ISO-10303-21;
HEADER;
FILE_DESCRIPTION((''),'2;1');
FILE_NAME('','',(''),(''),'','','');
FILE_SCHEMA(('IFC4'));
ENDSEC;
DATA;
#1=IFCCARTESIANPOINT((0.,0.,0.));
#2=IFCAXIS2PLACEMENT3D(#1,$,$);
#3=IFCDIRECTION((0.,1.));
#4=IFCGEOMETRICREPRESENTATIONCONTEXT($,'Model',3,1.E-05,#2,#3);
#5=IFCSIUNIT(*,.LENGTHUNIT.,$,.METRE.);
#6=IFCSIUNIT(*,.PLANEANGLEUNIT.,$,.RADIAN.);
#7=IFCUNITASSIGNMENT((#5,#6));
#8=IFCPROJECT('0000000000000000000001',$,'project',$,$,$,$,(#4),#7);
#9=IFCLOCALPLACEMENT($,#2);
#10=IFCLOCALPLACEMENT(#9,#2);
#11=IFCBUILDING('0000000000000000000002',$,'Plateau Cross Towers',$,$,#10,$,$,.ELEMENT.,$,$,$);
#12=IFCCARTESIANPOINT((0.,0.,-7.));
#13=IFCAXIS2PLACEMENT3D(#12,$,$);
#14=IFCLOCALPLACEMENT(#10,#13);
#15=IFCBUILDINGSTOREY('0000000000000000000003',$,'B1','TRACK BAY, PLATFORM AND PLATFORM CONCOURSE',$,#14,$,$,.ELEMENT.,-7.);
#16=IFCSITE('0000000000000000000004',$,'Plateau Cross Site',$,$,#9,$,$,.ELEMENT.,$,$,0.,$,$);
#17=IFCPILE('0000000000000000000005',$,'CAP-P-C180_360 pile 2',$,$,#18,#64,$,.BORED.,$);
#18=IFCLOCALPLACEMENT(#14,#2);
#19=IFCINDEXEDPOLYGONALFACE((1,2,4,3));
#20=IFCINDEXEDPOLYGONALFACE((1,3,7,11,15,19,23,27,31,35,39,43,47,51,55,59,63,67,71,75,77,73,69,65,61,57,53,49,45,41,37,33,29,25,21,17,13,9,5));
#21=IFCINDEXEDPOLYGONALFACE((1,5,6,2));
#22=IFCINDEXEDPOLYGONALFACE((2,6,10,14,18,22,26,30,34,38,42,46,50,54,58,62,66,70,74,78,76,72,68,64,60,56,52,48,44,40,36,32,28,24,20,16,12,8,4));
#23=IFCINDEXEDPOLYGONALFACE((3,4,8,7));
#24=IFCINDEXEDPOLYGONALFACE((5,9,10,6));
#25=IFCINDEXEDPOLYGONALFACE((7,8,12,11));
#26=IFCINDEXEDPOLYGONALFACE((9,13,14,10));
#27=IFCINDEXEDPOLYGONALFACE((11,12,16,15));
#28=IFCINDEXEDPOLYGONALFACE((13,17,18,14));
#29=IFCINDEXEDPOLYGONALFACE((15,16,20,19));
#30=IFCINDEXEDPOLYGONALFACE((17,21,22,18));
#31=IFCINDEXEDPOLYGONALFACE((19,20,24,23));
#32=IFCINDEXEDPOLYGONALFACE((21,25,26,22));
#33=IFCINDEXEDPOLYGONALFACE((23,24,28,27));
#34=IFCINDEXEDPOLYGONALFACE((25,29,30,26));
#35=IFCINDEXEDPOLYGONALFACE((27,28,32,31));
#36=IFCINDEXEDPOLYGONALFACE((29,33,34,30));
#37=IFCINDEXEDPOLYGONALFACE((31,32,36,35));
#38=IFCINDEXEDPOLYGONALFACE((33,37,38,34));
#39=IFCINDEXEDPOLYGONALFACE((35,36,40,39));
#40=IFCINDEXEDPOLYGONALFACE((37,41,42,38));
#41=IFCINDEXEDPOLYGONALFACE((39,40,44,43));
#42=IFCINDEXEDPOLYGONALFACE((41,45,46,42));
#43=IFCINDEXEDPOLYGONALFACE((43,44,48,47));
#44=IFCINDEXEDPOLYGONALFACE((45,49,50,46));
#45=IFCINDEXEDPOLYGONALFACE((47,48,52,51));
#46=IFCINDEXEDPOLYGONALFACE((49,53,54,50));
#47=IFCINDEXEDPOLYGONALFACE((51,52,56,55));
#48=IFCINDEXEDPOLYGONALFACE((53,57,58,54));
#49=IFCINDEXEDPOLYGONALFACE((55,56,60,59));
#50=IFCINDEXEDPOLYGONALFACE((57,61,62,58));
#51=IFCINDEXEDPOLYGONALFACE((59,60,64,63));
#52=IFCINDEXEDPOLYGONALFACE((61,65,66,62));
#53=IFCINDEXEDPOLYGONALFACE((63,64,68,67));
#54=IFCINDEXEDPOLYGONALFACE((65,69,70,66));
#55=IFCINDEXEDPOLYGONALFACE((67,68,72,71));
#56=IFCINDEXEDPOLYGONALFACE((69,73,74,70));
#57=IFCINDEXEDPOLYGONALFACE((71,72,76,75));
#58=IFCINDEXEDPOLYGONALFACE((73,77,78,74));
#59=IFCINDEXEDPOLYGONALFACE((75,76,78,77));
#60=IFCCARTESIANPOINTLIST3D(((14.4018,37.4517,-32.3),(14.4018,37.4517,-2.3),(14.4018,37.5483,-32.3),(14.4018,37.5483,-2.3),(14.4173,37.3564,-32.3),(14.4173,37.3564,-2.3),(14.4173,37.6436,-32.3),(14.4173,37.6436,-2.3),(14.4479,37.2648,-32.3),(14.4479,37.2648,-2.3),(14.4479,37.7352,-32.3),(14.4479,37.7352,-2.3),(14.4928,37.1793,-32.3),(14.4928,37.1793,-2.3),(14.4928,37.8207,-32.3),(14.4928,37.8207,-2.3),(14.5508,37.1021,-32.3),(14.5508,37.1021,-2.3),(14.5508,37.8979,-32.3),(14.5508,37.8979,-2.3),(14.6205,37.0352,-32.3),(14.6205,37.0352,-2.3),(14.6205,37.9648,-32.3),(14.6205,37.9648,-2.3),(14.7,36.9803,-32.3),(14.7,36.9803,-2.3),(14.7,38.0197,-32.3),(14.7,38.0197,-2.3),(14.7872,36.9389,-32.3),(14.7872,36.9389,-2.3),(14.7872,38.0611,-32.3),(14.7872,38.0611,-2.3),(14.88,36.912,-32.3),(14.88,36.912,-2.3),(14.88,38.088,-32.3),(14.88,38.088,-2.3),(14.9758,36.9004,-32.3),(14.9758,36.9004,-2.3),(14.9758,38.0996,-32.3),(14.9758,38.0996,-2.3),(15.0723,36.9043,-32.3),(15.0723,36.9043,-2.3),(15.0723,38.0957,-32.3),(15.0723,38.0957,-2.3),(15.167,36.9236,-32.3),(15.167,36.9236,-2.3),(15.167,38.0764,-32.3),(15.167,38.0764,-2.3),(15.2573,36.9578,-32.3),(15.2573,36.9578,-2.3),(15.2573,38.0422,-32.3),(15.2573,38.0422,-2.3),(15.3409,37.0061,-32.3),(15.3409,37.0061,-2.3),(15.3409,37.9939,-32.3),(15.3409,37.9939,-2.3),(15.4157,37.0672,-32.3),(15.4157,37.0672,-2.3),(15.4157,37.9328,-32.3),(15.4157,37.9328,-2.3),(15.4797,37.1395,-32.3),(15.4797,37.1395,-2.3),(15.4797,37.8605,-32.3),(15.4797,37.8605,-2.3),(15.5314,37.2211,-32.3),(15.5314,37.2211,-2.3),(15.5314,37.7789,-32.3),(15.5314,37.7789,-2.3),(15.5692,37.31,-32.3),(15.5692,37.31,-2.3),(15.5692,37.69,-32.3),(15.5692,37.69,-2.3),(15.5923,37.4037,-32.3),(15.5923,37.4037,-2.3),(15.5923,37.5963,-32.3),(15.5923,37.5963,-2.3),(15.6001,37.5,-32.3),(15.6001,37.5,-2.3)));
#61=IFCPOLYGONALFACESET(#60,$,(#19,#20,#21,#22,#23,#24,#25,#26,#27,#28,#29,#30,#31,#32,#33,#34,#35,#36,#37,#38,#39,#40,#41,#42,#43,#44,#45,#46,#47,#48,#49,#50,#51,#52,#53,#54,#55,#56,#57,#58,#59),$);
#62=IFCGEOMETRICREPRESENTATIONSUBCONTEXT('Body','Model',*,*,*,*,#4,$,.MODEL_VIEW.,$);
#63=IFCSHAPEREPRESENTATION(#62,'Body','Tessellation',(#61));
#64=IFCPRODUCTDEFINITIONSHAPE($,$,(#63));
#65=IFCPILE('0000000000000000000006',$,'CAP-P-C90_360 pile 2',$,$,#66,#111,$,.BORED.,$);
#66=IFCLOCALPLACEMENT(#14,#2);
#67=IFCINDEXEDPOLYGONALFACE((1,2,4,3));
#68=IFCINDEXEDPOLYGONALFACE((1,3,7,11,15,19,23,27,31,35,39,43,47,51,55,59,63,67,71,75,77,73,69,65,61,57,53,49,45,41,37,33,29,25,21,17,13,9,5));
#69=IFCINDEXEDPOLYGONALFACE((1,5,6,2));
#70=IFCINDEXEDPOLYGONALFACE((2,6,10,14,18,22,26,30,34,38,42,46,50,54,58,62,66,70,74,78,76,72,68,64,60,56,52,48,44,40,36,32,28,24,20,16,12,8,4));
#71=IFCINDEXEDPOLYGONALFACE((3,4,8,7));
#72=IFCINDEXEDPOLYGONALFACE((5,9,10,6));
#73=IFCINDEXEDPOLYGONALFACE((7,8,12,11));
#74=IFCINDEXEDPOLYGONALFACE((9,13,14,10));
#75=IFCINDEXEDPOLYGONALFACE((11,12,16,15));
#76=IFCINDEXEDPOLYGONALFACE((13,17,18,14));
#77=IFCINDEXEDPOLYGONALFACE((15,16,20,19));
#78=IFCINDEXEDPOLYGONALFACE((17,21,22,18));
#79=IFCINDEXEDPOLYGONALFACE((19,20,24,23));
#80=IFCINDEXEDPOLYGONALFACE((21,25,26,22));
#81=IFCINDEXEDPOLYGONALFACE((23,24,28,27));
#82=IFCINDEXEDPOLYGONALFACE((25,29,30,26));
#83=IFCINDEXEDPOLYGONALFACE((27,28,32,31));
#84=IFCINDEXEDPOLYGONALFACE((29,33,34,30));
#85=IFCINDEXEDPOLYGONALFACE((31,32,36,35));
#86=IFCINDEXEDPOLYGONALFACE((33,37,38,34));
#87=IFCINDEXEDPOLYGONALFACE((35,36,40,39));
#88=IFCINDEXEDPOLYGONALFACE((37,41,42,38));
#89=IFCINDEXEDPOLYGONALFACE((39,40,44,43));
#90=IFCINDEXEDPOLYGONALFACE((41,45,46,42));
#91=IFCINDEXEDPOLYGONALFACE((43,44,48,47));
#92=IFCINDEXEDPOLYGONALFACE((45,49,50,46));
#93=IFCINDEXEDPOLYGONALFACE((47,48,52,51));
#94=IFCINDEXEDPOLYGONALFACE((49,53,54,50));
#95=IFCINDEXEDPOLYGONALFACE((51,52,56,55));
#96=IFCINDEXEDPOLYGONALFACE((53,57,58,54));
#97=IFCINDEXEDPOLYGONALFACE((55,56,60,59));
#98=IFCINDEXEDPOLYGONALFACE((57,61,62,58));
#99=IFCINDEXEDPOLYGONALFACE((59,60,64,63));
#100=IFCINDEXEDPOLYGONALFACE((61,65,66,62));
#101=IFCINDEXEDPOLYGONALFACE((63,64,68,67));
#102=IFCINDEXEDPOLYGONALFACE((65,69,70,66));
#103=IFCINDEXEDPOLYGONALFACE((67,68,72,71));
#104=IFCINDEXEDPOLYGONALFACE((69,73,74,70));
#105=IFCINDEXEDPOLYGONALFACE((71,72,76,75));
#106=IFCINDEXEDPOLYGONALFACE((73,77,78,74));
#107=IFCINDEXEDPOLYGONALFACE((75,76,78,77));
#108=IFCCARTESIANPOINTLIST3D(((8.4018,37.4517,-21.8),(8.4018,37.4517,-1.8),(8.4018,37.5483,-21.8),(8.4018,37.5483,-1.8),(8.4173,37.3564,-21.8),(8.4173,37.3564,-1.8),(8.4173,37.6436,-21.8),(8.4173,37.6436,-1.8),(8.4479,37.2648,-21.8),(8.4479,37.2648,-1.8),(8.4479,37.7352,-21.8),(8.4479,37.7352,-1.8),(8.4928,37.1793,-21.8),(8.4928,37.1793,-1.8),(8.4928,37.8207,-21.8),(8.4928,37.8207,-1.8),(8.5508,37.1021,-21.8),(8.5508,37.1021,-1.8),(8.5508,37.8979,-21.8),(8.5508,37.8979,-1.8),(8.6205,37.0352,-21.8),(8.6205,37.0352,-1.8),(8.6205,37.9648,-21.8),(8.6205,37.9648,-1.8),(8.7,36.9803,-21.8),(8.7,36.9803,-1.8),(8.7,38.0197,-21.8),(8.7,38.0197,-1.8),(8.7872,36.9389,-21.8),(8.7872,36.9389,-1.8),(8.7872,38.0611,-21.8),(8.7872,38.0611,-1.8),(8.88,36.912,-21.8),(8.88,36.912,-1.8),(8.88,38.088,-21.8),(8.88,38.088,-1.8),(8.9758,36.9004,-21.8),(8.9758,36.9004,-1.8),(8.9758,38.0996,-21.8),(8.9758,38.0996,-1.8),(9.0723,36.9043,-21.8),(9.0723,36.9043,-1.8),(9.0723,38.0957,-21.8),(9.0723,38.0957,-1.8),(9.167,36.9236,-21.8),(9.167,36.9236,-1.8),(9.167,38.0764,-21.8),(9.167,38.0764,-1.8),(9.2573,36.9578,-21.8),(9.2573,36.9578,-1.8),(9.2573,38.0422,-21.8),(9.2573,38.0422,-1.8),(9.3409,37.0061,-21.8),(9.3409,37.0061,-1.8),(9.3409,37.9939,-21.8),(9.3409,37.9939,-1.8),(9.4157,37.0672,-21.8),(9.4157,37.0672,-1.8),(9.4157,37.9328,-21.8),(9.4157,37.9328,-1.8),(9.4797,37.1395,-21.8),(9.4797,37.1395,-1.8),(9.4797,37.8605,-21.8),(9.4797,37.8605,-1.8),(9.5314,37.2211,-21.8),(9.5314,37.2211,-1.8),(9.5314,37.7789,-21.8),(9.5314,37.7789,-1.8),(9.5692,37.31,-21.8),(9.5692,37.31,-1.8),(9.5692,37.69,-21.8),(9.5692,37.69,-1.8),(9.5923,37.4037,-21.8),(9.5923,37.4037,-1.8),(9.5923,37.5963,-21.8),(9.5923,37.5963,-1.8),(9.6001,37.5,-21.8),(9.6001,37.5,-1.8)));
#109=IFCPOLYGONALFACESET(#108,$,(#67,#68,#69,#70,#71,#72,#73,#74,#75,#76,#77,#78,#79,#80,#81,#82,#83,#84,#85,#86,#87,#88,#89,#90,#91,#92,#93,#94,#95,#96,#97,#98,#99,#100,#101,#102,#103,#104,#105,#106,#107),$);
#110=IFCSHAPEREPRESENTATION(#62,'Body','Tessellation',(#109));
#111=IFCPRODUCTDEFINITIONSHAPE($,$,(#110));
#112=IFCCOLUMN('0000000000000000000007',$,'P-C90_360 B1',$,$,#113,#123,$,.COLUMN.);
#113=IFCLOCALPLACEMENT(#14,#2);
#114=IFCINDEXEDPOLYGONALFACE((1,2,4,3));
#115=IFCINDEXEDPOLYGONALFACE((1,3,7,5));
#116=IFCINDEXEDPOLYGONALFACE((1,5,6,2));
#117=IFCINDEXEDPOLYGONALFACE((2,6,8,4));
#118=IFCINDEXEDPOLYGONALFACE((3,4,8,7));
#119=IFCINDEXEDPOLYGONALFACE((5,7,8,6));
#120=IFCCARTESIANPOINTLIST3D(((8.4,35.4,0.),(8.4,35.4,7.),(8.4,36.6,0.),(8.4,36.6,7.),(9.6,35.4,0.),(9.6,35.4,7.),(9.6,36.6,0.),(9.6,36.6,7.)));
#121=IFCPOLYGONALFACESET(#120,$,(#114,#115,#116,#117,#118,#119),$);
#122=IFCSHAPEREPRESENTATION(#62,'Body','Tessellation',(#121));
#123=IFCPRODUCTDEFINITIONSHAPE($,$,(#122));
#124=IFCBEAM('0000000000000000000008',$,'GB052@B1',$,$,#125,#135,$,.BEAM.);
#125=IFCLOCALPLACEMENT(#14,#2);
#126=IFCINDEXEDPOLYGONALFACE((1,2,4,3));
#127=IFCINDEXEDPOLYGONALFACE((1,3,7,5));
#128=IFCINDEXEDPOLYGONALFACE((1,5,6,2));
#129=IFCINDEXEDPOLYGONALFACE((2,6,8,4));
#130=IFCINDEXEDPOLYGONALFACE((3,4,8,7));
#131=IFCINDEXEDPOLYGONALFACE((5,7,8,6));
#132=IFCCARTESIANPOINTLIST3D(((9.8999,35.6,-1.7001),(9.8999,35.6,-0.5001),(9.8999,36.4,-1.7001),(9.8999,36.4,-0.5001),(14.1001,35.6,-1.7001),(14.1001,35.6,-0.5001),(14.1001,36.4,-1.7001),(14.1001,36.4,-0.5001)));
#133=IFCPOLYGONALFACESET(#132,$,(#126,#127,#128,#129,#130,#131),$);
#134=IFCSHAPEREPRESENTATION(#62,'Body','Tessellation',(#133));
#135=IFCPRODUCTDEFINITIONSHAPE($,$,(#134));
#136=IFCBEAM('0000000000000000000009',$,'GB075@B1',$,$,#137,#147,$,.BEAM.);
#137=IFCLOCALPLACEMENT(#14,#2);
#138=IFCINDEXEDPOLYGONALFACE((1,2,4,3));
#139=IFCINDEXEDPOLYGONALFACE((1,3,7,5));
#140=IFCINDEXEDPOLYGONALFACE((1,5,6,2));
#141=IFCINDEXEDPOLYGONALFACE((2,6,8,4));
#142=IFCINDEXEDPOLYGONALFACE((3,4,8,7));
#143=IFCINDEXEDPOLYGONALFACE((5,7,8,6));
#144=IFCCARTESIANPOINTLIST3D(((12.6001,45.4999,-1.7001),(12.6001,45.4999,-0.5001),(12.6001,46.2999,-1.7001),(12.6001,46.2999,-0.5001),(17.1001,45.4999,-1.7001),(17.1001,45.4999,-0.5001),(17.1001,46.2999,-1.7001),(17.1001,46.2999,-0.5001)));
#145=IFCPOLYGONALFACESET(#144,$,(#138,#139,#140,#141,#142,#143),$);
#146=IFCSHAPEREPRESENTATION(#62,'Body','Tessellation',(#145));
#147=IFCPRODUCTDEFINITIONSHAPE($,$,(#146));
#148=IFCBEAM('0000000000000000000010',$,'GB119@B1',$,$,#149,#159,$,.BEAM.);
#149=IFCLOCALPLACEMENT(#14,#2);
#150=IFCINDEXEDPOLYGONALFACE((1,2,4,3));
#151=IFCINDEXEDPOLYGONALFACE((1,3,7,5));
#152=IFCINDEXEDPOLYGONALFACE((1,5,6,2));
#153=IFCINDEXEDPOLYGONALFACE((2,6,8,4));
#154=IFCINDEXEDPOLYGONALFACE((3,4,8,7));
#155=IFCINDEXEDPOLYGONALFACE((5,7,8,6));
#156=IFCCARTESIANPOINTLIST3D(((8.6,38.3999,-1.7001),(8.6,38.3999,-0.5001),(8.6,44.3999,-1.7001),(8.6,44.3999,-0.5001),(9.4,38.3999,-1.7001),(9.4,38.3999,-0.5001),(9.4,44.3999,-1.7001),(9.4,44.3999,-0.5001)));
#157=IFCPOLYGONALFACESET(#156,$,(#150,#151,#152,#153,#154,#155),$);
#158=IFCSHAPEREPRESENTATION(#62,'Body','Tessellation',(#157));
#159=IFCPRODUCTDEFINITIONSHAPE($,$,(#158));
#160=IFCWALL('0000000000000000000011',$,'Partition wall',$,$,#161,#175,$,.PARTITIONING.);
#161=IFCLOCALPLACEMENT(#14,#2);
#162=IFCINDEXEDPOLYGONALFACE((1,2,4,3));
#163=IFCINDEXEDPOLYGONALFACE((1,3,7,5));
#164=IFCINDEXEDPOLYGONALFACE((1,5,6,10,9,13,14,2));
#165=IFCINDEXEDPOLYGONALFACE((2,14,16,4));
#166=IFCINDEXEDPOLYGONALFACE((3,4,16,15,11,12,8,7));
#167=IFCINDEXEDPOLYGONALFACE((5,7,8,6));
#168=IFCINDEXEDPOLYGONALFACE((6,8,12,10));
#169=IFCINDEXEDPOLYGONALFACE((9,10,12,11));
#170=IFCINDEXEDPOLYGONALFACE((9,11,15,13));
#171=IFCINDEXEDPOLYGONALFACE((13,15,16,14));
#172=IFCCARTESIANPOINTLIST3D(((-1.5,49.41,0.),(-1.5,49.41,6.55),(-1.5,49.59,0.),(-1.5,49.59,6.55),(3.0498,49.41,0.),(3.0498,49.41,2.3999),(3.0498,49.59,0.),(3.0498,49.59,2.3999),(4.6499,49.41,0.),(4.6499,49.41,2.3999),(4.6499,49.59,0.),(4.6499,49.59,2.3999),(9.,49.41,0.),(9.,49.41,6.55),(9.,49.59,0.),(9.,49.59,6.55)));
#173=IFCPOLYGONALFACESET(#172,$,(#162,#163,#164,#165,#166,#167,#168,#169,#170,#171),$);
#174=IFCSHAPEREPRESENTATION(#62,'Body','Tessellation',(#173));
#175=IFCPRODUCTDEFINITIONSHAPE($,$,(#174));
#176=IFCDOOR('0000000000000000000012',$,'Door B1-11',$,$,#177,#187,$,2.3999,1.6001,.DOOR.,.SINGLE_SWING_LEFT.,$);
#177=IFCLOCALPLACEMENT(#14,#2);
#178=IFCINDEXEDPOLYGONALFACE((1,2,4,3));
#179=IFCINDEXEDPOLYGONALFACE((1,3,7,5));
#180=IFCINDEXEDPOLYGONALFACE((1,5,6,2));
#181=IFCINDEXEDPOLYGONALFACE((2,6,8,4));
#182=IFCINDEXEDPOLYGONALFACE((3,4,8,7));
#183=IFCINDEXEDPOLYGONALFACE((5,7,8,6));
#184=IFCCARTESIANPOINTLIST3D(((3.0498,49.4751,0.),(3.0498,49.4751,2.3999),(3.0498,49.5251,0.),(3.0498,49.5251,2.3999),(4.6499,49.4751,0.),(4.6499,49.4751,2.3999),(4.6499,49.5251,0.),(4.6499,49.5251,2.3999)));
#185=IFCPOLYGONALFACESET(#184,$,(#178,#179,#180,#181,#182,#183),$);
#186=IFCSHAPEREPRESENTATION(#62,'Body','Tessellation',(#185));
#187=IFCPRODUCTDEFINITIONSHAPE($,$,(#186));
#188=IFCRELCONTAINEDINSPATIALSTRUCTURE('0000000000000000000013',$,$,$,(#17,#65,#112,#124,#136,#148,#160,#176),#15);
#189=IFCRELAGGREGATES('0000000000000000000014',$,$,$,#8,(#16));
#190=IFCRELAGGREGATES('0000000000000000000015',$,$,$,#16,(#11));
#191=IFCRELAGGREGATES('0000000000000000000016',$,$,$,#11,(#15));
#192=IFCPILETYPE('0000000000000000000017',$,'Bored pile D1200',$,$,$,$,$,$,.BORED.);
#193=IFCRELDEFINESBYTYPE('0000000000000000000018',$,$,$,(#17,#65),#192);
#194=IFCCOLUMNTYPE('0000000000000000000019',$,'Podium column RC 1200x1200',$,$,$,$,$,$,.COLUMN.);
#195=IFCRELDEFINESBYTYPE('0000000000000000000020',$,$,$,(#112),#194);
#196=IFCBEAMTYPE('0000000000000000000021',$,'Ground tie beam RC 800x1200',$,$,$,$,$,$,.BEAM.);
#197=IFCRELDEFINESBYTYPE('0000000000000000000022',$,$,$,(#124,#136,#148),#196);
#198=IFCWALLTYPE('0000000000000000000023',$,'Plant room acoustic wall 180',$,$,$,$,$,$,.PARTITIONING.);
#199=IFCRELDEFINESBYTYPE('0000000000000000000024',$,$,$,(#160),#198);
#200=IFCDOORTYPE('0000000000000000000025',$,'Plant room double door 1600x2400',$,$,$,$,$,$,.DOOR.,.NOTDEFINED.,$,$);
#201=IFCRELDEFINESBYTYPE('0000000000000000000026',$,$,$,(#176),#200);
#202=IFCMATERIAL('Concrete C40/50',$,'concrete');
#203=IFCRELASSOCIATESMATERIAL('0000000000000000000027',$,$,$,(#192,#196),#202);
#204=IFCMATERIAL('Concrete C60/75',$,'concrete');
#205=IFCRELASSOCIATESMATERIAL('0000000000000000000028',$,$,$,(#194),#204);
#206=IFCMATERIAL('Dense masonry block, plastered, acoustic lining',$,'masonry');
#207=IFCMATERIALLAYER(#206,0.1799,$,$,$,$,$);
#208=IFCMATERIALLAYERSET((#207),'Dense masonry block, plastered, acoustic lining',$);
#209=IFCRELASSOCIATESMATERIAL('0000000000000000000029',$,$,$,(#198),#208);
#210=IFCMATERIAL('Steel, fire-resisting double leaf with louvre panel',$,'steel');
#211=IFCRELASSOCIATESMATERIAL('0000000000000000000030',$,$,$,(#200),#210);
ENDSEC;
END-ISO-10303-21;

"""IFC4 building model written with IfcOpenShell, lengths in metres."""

from ifc_helpers import new_model, si_unit, direction, frame, frame_2d, origin, origin_2d, place, context, subcontext, project, spatial, rectangle, circle, extrude, material, layer, layer_set, material_profile, profile_set, type_object, element, fill, save


model = new_model("IFC4")

# Units and contexts
model_context = context("Model", 3, precision=1e-05, world=origin(), true_north=direction((0.0, 1.0)))
body_context = subcontext(model_context, "Body", "Model", "MODEL_VIEW")
ifc_project = project(units=[si_unit("LENGTHUNIT", "METRE"), si_unit("PLANEANGLEUNIT", "RADIAN")], contexts=[model_context])

# Site, building, storey
site_placement = place(None, origin())
site = spatial("IfcSite", under=ifc_project, at=site_placement, Name="Plateau Cross Site", CompositionType="ELEMENT", RefElevation=0.0)
building_placement = place(site_placement, origin())
building = spatial("IfcBuilding", under=site, at=building_placement, Name="Plateau Cross Towers", CompositionType="ELEMENT")
storey_placement = place(building_placement, frame((0.0, 0.0, -7.0)))
storey = spatial("IfcBuildingStorey", under=building, at=storey_placement, Name="B1", Description="TRACK BAY, PLATFORM AND PLATFORM CONCOURSE", CompositionType="ELEMENT", Elevation=-7.0)

# Piles
ifc_material_1 = material(Name="Concrete C40/50", Category="concrete")
ifc_material_profile_1 = material_profile(ifc_material_1, circle(Radius=0.6001, at=origin_2d()), Name="Bored pile D1200")
ifc_profile_set_1 = profile_set([ifc_material_profile_1], Name="Concrete C40/50")
pile_type = type_object("IfcPileType", Name="Bored pile D1200", PredefinedType="BORED", material=ifc_profile_set_1)
pile_1_placement = place(storey_placement, frame((15.0, 37.5, -2.3), z_axis=(0.0, 0.0, -1.0), x_axis=(1.0, 0.0, 0.0)))
element("IfcPile", 1, at=pile_1_placement, inside=storey, type_object=pile_type, Name="CAP-P-C180_360 pile 2", PredefinedType="BORED", context=body_context, shape_type="SweptSolid", body=[
    extrude(circle(Radius=0.6001, at=origin_2d()), origin(), (0.0, 0.0, 1.0), 30.0),
])
pile_2_placement = place(storey_placement, frame((9.0, 37.5, -1.8), z_axis=(0.0, 0.0, -1.0), x_axis=(1.0, 0.0, 0.0)))
element("IfcPile", 2, at=pile_2_placement, inside=storey, type_object=pile_type, Name="CAP-P-C90_360 pile 2", PredefinedType="BORED", context=body_context, shape_type="SweptSolid", body=[
    extrude(circle(Radius=0.6001, at=origin_2d()), origin(), (0.0, 0.0, 1.0), 20.0),
])

# Column
ifc_material_2 = material(Name="Concrete C60/75", Category="concrete")
ifc_material_profile_2 = material_profile(ifc_material_2, rectangle(XDim=1.2, YDim=1.2, at=origin_2d()), Name="RC 1200x1200")
ifc_profile_set_2 = profile_set([ifc_material_profile_2], Name="Concrete C60/75")
column_type = type_object("IfcColumnType", Name="Podium column RC 1200x1200", PredefinedType="COLUMN", material=ifc_profile_set_2)
column_placement = place(storey_placement, frame((9.0, 36.0, 0.0), z_axis=(0.0, 0.0, 1.0), x_axis=(1.0, 0.0, 0.0)))
element("IfcColumn", 3, at=column_placement, inside=storey, type_object=column_type, Name="P-C90_360 B1", PredefinedType="COLUMN", context=body_context, shape_type="SweptSolid", body=[
    extrude(rectangle(XDim=1.2, YDim=1.2, at=origin_2d()), origin(), (0.0, 0.0, 1.0), 7.0),
])

# Beams
ifc_material_profile_3 = material_profile(ifc_material_1, rectangle(XDim=0.8, YDim=1.2, at=origin_2d()), Name="RC 800x1200")
ifc_profile_set_3 = profile_set([ifc_material_profile_3], Name="Concrete C40/50")
beam_type = type_object("IfcBeamType", Name="Ground tie beam RC 800x1200", PredefinedType="BEAM", material=ifc_profile_set_3)
beam_1_placement = place(storey_placement, frame((9.8999, 36.0, -1.1001), z_axis=(1.0, 0.0, 0.0), x_axis=(0.0, 1.0, 0.0)))
element("IfcBeam", 4, at=beam_1_placement, inside=storey, type_object=beam_type, Name="GB052@B1", PredefinedType="BEAM", context=body_context, shape_type="SweptSolid", body=[
    extrude(rectangle(XDim=0.8, YDim=1.2, at=origin_2d()), origin(), (0.0, 0.0, 1.0), 4.2002),
])
beam_2_placement = place(storey_placement, frame((12.6001, 45.8999, -1.1001), z_axis=(1.0, 0.0, 0.0), x_axis=(0.0, 1.0, 0.0)))
element("IfcBeam", 5, at=beam_2_placement, inside=storey, type_object=beam_type, Name="GB075@B1", PredefinedType="BEAM", context=body_context, shape_type="SweptSolid", body=[
    extrude(rectangle(XDim=0.8, YDim=1.2, at=origin_2d()), origin(), (0.0, 0.0, 1.0), 4.5),
])
beam_3_placement = place(storey_placement, frame((9.0, 38.3999, -1.1001), z_axis=(0.0, 1.0, 0.0), x_axis=(-1.0, 0.0, 0.0)))
element("IfcBeam", 6, at=beam_3_placement, inside=storey, type_object=beam_type, Name="GB119@B1", PredefinedType="BEAM", context=body_context, shape_type="SweptSolid", body=[
    extrude(rectangle(XDim=0.8, YDim=1.2, at=origin_2d()), origin(), (0.0, 0.0, 1.0), 6.0),
])

# Wall, opening, door
ifc_material_3 = material(Name="Dense masonry block, plastered, acoustic lining", Category="masonry")
ifc_layer_1 = layer(ifc_material_3, 0.1799)
ifc_layer_set_1 = layer_set([ifc_layer_1], Name="Dense masonry block, plastered, acoustic lining")
wall_type_1 = type_object("IfcWallType", Name="Plant room acoustic wall 180", PredefinedType="PARTITIONING", material=ifc_layer_set_1)
wall_1_placement = place(storey_placement, frame((9.0, 49.5, 0.0), z_axis=(0.0, 0.0, 1.0), x_axis=(-1.0, 0.0, 0.0)))
wall_1 = element("IfcWall", 7, at=wall_1_placement, inside=storey, type_object=wall_type_1, Name="Partition wall", PredefinedType="PARTITIONING", context=body_context, shape_type="SweptSolid", body=[
    extrude(rectangle(XDim=10.5, YDim=0.1799, at=frame_2d((5.25, 0.0))), origin(), (0.0, 0.0, 1.0), 6.55),
])
opening_placement = place(wall_1_placement, frame((4.3501, 0.0, 0.0)))
opening = element("IfcOpeningElement", 8, at=opening_placement, cuts=wall_1, PredefinedType="OPENING", context=body_context, shape_type="SweptSolid", body=[
    extrude(rectangle(XDim=1.6001, YDim=2.3999, at=frame_2d((0.8, 1.2))), frame((0.0, 0.0999, 0.0), z_axis=(0.0, -1.0, 0.0), x_axis=(1.0, 0.0, 0.0)), (0.0, 0.0, 1.0), 0.2),
])
ifc_material_4 = material(Name="Steel, fire-resisting double leaf with louvre panel", Category="steel")
door_type = type_object("IfcDoorType", Name="Plant room double door 1600x2400", OperationType="NOTDEFINED", PredefinedType="DOOR", material=ifc_material_4)
door_placement = place(opening_placement, origin())
door = element("IfcDoor", 9, at=door_placement, inside=storey, type_object=door_type, Name="Door B1-11", OperationType="SINGLE_SWING_LEFT", OverallHeight=2.3999, OverallWidth=1.6001, PredefinedType="DOOR", context=body_context, shape_type="SweptSolid", body=[
    extrude(rectangle(XDim=1.6001, YDim=2.3999, at=frame_2d((0.8, 1.2))), frame((0.0, 0.0249, 0.0), z_axis=(0.0, -1.0, 0.0), x_axis=(1.0, 0.0, 0.0)), (0.0, 0.0, 1.0), 0.05),
])
fill(opening, door)

save(model, "model.ifc")
